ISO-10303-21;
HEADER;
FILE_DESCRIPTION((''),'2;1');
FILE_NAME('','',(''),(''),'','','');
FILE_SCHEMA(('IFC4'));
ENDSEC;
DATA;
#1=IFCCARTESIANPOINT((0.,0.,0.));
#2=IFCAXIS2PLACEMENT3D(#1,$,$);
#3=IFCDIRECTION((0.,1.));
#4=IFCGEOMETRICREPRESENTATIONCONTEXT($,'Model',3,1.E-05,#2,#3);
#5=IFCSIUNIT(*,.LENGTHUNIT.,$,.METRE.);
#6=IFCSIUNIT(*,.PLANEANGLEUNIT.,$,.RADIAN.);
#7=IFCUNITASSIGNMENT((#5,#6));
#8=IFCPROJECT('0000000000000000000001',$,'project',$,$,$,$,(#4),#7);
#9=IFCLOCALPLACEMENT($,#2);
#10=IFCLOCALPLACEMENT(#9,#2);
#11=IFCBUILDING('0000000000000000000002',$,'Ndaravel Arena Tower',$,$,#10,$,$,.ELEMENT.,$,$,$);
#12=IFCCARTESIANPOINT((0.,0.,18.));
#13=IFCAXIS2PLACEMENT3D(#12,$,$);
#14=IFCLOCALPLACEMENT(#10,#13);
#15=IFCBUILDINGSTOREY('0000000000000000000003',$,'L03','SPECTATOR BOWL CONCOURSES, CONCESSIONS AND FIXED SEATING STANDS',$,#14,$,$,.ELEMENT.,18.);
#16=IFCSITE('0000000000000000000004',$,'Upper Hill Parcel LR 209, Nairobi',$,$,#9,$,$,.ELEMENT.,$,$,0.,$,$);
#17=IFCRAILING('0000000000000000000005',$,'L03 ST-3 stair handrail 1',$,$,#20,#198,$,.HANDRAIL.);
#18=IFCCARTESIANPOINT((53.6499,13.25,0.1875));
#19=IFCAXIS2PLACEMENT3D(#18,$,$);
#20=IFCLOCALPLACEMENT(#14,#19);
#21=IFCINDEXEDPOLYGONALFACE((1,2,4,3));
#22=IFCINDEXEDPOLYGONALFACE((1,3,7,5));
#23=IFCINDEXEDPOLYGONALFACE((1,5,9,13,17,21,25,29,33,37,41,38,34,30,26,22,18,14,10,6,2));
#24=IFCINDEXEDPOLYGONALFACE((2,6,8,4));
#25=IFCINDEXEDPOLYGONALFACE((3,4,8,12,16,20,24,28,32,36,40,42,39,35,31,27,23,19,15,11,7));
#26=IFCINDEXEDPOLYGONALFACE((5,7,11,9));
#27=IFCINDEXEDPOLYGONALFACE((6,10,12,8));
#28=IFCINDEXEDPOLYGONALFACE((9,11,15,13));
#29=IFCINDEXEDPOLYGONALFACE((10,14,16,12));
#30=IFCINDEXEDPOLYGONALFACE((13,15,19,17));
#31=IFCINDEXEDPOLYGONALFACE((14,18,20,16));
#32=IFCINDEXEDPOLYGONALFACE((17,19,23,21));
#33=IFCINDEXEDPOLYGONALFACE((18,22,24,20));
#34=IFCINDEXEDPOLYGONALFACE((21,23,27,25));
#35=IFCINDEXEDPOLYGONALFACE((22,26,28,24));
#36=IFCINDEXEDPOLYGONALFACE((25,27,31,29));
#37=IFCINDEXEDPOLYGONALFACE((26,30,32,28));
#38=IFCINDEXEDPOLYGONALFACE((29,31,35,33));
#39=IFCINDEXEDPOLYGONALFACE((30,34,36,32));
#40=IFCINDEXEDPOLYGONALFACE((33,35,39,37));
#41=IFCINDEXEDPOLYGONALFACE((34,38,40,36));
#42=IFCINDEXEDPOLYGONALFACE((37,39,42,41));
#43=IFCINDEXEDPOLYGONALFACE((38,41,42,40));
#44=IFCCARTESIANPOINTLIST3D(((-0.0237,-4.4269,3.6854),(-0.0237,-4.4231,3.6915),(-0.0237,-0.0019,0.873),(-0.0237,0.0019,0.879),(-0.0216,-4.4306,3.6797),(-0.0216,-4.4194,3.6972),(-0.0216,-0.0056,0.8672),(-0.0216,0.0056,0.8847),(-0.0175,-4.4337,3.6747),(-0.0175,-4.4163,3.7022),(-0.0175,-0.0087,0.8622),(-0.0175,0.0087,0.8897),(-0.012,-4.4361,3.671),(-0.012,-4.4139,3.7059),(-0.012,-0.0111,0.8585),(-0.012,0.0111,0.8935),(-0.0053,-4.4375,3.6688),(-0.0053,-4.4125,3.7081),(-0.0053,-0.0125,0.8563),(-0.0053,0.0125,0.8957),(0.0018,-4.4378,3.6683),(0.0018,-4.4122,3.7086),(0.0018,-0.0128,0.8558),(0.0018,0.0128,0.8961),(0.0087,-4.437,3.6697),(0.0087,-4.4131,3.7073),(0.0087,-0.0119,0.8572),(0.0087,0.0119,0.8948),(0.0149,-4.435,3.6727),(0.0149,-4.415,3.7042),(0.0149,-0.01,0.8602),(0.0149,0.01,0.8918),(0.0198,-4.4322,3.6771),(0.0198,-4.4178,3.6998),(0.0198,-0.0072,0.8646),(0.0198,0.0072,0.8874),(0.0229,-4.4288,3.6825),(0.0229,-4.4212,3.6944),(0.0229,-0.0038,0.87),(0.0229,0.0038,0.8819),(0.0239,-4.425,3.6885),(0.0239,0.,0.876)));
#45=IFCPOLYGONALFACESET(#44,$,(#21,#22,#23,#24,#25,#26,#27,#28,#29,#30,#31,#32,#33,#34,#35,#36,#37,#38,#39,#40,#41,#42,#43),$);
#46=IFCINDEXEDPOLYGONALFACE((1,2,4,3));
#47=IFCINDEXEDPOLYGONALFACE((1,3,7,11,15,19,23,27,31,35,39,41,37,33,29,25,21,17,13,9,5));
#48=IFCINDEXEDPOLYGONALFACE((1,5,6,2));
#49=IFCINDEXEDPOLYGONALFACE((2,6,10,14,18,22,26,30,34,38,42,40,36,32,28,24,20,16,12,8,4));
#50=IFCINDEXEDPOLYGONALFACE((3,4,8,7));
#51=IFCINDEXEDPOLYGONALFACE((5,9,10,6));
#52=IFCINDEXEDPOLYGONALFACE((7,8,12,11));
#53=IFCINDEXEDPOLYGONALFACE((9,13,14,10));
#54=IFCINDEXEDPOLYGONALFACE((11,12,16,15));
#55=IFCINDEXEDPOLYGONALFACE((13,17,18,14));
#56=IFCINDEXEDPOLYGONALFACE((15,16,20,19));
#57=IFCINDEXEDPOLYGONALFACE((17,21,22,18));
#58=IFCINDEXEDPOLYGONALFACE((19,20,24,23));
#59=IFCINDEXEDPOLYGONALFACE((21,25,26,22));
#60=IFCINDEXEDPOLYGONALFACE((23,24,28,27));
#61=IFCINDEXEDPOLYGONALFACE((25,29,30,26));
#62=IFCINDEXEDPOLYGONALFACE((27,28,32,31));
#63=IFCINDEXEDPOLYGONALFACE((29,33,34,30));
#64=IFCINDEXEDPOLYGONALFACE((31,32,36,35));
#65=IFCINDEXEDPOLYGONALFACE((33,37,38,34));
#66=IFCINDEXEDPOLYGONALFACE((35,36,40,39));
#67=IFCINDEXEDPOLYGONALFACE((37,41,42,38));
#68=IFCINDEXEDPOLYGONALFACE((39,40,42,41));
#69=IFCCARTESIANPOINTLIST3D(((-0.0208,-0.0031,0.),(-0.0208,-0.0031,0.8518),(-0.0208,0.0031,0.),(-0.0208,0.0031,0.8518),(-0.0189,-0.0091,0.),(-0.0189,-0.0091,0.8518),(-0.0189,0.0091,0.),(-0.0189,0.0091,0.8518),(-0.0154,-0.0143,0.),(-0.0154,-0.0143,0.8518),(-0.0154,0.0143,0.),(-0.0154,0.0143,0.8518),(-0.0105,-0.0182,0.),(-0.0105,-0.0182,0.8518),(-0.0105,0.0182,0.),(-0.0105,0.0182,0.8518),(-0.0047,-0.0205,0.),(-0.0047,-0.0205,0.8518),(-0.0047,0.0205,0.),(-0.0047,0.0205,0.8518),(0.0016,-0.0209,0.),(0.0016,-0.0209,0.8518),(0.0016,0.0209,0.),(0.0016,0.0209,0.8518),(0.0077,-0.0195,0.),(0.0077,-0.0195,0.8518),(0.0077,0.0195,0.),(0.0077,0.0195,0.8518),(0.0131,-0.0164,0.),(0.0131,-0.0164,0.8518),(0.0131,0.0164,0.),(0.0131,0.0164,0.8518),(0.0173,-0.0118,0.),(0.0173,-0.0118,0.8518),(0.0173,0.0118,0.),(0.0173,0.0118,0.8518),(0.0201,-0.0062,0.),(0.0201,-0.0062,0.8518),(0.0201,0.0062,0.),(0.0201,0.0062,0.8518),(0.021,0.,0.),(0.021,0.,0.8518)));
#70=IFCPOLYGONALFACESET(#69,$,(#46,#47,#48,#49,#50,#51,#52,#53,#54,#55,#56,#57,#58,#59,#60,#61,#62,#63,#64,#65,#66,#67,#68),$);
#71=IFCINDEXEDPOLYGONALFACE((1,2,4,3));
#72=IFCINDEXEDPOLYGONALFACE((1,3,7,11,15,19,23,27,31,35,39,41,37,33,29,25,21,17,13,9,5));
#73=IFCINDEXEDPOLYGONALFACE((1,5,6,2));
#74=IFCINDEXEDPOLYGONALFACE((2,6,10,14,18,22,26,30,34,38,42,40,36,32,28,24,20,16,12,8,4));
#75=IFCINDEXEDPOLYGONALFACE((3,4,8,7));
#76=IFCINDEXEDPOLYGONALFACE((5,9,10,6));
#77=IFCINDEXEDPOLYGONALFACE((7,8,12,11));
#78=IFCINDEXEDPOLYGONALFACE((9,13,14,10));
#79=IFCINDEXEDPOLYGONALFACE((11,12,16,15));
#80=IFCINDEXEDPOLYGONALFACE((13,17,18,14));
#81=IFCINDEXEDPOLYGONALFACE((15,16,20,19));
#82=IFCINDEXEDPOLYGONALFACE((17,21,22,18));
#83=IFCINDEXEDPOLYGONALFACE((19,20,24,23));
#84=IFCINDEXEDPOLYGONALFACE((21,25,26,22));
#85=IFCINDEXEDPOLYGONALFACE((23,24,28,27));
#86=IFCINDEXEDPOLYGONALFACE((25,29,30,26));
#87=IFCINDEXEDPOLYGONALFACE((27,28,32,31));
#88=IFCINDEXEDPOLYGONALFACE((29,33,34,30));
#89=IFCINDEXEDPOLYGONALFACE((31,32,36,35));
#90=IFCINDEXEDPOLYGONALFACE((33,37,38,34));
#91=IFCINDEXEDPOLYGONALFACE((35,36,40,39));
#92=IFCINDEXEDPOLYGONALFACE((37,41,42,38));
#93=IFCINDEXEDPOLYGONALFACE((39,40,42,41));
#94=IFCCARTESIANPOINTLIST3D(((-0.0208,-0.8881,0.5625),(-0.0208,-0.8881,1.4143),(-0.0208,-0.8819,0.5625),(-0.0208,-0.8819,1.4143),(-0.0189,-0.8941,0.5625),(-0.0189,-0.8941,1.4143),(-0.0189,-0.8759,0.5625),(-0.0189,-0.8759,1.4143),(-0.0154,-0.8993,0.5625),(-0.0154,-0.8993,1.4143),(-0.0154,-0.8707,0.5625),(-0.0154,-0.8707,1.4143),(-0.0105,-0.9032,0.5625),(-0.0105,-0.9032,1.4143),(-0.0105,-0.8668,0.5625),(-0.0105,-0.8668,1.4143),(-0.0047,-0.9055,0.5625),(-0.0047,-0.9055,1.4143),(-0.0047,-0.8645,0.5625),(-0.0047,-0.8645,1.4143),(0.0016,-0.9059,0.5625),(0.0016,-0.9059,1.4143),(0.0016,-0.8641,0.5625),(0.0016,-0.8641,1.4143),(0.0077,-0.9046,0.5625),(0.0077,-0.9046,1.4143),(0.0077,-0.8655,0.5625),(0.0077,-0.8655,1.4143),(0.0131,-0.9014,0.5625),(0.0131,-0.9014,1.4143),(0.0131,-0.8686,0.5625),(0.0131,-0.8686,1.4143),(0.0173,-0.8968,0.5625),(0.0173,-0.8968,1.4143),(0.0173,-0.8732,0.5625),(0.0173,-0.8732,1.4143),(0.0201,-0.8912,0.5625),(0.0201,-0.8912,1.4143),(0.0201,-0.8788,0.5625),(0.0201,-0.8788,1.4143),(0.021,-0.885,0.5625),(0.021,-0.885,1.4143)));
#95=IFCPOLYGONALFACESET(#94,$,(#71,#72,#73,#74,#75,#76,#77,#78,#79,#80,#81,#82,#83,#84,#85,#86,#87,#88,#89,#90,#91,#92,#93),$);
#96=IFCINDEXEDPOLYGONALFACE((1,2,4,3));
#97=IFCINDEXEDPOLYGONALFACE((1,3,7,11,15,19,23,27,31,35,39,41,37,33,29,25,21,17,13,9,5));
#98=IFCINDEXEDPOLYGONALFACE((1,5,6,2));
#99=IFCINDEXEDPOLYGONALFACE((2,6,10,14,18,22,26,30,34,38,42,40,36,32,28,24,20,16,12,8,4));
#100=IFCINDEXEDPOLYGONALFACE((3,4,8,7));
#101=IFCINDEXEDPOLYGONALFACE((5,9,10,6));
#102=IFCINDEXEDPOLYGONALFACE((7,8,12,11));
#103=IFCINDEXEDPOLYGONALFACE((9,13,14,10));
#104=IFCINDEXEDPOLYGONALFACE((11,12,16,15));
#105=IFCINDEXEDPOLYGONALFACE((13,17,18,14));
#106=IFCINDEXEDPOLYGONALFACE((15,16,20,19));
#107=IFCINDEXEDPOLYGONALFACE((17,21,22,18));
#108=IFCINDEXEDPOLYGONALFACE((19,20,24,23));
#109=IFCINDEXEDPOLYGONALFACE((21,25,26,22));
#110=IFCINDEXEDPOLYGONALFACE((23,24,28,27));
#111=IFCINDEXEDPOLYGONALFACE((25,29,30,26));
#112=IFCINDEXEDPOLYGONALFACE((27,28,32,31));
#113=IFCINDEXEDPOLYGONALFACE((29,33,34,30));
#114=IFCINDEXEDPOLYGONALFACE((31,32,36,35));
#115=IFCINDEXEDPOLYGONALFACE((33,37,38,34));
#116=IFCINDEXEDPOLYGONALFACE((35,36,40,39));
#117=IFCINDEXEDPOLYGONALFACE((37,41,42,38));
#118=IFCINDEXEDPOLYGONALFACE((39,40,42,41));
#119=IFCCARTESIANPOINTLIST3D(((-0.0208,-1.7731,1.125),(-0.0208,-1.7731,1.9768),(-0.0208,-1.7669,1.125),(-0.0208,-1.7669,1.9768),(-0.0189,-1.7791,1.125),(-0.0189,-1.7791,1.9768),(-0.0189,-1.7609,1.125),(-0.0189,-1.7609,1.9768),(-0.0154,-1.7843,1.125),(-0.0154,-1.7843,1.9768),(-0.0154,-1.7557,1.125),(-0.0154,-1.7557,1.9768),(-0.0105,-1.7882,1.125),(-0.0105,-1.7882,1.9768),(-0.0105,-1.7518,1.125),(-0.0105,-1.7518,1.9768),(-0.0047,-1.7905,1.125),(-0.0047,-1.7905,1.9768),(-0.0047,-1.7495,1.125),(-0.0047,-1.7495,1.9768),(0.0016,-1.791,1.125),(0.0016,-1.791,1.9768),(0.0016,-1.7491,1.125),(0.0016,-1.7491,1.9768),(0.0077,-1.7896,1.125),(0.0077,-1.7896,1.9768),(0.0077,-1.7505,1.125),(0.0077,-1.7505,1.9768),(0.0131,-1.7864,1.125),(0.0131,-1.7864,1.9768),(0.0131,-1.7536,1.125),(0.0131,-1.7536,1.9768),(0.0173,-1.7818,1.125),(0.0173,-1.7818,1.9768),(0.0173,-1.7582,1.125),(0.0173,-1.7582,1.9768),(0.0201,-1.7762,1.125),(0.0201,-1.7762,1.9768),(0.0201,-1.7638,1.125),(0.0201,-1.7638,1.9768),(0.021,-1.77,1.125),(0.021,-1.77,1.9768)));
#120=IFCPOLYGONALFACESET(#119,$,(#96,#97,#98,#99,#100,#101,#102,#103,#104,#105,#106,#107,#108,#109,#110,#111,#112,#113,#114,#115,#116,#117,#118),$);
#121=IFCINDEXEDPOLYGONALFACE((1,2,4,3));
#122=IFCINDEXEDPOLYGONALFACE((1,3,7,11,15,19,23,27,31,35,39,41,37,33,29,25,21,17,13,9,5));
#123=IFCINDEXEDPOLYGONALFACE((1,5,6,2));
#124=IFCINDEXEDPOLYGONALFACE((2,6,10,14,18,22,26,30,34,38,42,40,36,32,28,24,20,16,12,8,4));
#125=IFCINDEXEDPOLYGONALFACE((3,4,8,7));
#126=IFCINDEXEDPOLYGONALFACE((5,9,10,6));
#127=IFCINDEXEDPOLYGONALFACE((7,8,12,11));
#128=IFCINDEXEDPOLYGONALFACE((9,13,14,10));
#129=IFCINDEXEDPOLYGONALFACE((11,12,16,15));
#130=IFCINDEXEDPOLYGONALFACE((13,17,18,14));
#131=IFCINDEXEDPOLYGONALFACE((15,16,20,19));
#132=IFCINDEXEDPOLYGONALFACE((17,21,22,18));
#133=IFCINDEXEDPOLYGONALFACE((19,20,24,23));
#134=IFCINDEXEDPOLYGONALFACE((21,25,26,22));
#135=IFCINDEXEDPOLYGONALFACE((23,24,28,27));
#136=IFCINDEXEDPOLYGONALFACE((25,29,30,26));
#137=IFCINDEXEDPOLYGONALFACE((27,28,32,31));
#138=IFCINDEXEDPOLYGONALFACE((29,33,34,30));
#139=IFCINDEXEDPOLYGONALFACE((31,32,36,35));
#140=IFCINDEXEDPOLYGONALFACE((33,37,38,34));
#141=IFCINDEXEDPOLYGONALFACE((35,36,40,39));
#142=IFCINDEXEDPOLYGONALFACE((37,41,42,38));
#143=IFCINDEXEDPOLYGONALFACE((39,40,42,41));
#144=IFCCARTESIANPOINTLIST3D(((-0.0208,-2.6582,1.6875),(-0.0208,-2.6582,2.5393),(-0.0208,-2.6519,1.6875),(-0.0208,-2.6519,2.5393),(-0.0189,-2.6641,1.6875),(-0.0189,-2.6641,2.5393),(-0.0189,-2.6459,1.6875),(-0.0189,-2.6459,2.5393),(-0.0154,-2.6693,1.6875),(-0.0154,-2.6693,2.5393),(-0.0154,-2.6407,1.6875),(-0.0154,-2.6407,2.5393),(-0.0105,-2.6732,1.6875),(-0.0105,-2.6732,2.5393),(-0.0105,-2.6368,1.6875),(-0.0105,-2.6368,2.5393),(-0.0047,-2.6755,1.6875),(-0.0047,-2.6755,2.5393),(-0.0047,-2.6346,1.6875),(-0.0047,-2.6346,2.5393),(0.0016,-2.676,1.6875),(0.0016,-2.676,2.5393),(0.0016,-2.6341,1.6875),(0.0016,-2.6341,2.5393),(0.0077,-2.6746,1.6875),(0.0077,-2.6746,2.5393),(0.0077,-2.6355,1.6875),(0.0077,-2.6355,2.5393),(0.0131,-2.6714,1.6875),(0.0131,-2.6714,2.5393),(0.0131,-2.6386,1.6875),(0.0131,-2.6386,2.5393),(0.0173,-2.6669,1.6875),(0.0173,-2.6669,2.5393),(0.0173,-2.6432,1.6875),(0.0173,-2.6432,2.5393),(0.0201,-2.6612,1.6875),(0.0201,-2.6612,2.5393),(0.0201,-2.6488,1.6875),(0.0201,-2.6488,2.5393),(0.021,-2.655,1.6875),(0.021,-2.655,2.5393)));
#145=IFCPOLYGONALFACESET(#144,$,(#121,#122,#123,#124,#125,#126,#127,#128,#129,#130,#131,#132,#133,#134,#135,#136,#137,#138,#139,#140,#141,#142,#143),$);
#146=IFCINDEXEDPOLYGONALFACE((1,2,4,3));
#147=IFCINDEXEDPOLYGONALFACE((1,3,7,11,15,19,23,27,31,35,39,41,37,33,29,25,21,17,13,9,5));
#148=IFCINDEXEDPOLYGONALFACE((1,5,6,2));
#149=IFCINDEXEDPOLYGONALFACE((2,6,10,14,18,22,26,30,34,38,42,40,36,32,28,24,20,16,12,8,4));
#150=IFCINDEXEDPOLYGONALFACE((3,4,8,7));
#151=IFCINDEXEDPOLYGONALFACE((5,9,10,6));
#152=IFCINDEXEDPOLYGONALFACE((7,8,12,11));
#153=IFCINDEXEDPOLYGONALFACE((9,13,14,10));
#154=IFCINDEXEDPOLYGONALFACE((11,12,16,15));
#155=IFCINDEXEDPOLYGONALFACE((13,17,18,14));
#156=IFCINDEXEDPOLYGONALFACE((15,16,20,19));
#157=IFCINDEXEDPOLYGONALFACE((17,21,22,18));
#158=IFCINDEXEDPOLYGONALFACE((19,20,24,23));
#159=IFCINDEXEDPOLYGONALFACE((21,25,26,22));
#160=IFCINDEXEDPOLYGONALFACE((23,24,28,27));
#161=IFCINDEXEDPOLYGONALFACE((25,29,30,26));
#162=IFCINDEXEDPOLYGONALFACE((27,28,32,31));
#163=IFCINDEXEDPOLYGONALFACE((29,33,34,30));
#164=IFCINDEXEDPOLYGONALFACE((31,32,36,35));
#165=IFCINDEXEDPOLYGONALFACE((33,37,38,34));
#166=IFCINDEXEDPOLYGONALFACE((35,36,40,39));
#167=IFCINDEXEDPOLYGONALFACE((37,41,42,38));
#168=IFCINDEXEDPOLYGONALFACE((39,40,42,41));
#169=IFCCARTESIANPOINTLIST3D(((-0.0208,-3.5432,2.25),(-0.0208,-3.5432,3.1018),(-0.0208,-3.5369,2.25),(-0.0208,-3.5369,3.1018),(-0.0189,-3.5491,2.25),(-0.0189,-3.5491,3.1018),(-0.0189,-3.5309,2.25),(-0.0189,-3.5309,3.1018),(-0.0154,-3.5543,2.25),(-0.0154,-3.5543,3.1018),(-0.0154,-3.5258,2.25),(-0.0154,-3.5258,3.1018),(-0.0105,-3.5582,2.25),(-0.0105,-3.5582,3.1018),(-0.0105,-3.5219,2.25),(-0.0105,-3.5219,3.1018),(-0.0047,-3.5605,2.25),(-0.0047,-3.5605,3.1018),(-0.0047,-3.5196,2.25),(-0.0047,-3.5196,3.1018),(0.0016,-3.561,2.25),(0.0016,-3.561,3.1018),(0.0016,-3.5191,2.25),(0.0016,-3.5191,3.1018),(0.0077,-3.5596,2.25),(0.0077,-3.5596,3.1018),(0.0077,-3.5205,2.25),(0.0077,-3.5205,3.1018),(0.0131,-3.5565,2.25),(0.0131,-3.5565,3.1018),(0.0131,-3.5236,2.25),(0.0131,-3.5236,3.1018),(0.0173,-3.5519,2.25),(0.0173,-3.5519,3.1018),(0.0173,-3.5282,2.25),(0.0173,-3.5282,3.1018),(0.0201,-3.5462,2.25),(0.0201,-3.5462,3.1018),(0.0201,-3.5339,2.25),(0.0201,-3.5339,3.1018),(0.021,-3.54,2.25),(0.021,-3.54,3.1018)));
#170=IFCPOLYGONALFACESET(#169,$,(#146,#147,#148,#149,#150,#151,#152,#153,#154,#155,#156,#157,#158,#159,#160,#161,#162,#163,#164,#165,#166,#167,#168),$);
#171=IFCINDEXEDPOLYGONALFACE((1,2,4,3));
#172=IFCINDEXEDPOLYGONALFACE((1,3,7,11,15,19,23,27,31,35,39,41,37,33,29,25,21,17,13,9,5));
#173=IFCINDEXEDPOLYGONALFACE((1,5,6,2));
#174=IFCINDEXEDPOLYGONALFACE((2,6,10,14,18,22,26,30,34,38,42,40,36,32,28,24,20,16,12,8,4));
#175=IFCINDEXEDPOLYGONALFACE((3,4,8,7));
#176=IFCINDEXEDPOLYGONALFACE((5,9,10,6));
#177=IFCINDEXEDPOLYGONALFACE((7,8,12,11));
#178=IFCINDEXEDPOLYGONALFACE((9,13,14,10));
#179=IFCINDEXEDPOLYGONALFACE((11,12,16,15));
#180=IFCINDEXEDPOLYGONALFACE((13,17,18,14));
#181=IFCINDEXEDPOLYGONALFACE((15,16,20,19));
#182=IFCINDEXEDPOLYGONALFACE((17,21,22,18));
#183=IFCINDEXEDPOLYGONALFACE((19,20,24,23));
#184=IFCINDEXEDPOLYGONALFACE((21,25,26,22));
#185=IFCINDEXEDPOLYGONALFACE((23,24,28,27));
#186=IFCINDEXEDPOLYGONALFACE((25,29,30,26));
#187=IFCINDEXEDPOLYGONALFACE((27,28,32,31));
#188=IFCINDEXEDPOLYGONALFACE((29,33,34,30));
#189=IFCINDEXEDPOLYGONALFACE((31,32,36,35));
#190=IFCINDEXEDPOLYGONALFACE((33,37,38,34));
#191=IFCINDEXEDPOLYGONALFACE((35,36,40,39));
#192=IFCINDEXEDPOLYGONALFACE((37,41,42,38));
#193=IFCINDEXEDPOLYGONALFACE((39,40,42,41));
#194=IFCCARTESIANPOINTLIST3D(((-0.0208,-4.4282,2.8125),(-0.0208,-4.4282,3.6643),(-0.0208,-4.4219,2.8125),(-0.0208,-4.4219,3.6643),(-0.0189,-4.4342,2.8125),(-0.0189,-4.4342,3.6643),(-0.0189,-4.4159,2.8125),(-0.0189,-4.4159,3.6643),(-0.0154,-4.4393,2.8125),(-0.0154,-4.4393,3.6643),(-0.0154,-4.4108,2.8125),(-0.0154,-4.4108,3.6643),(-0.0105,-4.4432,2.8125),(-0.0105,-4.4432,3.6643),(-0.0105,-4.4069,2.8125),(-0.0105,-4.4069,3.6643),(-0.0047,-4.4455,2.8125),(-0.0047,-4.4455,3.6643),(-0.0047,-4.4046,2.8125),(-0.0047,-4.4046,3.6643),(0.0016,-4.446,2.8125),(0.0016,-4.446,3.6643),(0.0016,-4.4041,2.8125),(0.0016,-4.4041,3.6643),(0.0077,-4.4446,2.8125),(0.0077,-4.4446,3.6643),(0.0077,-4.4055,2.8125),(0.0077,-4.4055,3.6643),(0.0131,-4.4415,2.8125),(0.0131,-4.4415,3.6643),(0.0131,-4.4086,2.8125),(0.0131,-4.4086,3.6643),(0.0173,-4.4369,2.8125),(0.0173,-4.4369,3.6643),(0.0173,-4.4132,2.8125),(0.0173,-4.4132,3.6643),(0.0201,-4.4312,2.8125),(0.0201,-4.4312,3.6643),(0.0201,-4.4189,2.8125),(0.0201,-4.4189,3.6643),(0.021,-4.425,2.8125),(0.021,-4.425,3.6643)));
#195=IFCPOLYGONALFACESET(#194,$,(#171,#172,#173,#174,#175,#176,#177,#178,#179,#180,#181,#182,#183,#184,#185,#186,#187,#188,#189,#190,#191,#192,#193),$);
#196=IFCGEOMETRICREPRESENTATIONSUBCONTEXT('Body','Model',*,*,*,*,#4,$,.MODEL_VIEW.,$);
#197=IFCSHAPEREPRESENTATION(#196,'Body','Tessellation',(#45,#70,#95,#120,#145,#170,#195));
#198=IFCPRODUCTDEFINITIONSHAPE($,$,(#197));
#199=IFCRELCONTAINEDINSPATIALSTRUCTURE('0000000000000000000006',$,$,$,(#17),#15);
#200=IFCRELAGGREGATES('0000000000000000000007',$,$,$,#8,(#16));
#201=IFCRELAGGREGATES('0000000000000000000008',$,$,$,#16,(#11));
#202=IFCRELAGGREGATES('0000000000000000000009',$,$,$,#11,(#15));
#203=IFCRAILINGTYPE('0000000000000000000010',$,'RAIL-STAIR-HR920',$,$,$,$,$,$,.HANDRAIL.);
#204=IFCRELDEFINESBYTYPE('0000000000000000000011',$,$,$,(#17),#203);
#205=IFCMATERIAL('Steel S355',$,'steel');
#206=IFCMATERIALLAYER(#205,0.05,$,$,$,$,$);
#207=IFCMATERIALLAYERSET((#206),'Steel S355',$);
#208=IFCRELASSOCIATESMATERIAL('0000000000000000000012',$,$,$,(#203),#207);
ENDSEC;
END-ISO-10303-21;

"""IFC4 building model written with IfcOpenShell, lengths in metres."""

from ifc_helpers import new_model, si_unit, direction, frame, origin, origin_2d, place, context, subcontext, project, spatial, circle, extrude, material, layer, layer_set, type_object, element, save


model = new_model("IFC4")

# Units and contexts
model_context = context("Model", 3, precision=1e-05, world=origin(), true_north=direction((0.0, 1.0)))
body_context = subcontext(model_context, "Body", "Model", "MODEL_VIEW")
ifc_project = project(units=[si_unit("LENGTHUNIT", "METRE"), si_unit("PLANEANGLEUNIT", "RADIAN")], contexts=[model_context])

# Site, building, storey
site_placement = place(None, origin())
site = spatial("IfcSite", under=ifc_project, at=site_placement, Name="Upper Hill Parcel LR 209, Nairobi", CompositionType="ELEMENT", RefElevation=0.0)
building_placement = place(site_placement, origin())
building = spatial("IfcBuilding", under=site, at=building_placement, Name="Ndaravel Arena Tower", CompositionType="ELEMENT")
storey_placement = place(building_placement, frame((0.0, 0.0, 18.0)))
storey = spatial("IfcBuildingStorey", under=building, at=storey_placement, Name="L03", Description="SPECTATOR BOWL CONCOURSES, CONCESSIONS AND FIXED SEATING STANDS", CompositionType="ELEMENT", Elevation=18.0)

# Railing
ifc_material_1 = material(Name="Steel S355", Category="steel")
ifc_layer_1 = layer(ifc_material_1, 0.05)
ifc_layer_set_1 = layer_set([ifc_layer_1], Name="Steel S355")
railing_type_1 = type_object("IfcRailingType", Name="RAIL-STAIR-HR920", PredefinedType="HANDRAIL", material=ifc_layer_set_1)
railing_1_placement = place(storey_placement, frame((53.6499, 13.25, 0.1875)))
element("IfcRailing", 1, at=railing_1_placement, inside=storey, type_object=railing_type_1, Name="L03 ST-3 stair handrail 1", PredefinedType="HANDRAIL", context=body_context, shape_type="SweptSolid", body=[
    extrude(circle(Radius=0.0239, at=origin_2d()), frame((0.0, 0.0, 0.876), z_axis=(0.0, -0.843959, 0.536408), x_axis=(1.0, 0.0, 0.0)), (0.0, 0.0, 1.0), 5.2432),
    extrude(circle(Radius=0.021, at=origin_2d()), origin(), (0.0, 0.0, 1.0), 0.8518),
    extrude(circle(Radius=0.021, at=origin_2d()), frame((0.0, -0.885, 0.5625)), (0.0, 0.0, 1.0), 0.8518),
    extrude(circle(Radius=0.021, at=origin_2d()), frame((0.0, -1.77, 1.125)), (0.0, 0.0, 1.0), 0.8518),
    extrude(circle(Radius=0.021, at=origin_2d()), frame((0.0, -2.655, 1.6875)), (0.0, 0.0, 1.0), 0.8518),
    extrude(circle(Radius=0.021, at=origin_2d()), frame((0.0, -3.54, 2.25)), (0.0, 0.0, 1.0), 0.8518),
    extrude(circle(Radius=0.021, at=origin_2d()), frame((0.0, -4.425, 2.8125)), (0.0, 0.0, 1.0), 0.8518),
])

save(model, "model.ifc")
